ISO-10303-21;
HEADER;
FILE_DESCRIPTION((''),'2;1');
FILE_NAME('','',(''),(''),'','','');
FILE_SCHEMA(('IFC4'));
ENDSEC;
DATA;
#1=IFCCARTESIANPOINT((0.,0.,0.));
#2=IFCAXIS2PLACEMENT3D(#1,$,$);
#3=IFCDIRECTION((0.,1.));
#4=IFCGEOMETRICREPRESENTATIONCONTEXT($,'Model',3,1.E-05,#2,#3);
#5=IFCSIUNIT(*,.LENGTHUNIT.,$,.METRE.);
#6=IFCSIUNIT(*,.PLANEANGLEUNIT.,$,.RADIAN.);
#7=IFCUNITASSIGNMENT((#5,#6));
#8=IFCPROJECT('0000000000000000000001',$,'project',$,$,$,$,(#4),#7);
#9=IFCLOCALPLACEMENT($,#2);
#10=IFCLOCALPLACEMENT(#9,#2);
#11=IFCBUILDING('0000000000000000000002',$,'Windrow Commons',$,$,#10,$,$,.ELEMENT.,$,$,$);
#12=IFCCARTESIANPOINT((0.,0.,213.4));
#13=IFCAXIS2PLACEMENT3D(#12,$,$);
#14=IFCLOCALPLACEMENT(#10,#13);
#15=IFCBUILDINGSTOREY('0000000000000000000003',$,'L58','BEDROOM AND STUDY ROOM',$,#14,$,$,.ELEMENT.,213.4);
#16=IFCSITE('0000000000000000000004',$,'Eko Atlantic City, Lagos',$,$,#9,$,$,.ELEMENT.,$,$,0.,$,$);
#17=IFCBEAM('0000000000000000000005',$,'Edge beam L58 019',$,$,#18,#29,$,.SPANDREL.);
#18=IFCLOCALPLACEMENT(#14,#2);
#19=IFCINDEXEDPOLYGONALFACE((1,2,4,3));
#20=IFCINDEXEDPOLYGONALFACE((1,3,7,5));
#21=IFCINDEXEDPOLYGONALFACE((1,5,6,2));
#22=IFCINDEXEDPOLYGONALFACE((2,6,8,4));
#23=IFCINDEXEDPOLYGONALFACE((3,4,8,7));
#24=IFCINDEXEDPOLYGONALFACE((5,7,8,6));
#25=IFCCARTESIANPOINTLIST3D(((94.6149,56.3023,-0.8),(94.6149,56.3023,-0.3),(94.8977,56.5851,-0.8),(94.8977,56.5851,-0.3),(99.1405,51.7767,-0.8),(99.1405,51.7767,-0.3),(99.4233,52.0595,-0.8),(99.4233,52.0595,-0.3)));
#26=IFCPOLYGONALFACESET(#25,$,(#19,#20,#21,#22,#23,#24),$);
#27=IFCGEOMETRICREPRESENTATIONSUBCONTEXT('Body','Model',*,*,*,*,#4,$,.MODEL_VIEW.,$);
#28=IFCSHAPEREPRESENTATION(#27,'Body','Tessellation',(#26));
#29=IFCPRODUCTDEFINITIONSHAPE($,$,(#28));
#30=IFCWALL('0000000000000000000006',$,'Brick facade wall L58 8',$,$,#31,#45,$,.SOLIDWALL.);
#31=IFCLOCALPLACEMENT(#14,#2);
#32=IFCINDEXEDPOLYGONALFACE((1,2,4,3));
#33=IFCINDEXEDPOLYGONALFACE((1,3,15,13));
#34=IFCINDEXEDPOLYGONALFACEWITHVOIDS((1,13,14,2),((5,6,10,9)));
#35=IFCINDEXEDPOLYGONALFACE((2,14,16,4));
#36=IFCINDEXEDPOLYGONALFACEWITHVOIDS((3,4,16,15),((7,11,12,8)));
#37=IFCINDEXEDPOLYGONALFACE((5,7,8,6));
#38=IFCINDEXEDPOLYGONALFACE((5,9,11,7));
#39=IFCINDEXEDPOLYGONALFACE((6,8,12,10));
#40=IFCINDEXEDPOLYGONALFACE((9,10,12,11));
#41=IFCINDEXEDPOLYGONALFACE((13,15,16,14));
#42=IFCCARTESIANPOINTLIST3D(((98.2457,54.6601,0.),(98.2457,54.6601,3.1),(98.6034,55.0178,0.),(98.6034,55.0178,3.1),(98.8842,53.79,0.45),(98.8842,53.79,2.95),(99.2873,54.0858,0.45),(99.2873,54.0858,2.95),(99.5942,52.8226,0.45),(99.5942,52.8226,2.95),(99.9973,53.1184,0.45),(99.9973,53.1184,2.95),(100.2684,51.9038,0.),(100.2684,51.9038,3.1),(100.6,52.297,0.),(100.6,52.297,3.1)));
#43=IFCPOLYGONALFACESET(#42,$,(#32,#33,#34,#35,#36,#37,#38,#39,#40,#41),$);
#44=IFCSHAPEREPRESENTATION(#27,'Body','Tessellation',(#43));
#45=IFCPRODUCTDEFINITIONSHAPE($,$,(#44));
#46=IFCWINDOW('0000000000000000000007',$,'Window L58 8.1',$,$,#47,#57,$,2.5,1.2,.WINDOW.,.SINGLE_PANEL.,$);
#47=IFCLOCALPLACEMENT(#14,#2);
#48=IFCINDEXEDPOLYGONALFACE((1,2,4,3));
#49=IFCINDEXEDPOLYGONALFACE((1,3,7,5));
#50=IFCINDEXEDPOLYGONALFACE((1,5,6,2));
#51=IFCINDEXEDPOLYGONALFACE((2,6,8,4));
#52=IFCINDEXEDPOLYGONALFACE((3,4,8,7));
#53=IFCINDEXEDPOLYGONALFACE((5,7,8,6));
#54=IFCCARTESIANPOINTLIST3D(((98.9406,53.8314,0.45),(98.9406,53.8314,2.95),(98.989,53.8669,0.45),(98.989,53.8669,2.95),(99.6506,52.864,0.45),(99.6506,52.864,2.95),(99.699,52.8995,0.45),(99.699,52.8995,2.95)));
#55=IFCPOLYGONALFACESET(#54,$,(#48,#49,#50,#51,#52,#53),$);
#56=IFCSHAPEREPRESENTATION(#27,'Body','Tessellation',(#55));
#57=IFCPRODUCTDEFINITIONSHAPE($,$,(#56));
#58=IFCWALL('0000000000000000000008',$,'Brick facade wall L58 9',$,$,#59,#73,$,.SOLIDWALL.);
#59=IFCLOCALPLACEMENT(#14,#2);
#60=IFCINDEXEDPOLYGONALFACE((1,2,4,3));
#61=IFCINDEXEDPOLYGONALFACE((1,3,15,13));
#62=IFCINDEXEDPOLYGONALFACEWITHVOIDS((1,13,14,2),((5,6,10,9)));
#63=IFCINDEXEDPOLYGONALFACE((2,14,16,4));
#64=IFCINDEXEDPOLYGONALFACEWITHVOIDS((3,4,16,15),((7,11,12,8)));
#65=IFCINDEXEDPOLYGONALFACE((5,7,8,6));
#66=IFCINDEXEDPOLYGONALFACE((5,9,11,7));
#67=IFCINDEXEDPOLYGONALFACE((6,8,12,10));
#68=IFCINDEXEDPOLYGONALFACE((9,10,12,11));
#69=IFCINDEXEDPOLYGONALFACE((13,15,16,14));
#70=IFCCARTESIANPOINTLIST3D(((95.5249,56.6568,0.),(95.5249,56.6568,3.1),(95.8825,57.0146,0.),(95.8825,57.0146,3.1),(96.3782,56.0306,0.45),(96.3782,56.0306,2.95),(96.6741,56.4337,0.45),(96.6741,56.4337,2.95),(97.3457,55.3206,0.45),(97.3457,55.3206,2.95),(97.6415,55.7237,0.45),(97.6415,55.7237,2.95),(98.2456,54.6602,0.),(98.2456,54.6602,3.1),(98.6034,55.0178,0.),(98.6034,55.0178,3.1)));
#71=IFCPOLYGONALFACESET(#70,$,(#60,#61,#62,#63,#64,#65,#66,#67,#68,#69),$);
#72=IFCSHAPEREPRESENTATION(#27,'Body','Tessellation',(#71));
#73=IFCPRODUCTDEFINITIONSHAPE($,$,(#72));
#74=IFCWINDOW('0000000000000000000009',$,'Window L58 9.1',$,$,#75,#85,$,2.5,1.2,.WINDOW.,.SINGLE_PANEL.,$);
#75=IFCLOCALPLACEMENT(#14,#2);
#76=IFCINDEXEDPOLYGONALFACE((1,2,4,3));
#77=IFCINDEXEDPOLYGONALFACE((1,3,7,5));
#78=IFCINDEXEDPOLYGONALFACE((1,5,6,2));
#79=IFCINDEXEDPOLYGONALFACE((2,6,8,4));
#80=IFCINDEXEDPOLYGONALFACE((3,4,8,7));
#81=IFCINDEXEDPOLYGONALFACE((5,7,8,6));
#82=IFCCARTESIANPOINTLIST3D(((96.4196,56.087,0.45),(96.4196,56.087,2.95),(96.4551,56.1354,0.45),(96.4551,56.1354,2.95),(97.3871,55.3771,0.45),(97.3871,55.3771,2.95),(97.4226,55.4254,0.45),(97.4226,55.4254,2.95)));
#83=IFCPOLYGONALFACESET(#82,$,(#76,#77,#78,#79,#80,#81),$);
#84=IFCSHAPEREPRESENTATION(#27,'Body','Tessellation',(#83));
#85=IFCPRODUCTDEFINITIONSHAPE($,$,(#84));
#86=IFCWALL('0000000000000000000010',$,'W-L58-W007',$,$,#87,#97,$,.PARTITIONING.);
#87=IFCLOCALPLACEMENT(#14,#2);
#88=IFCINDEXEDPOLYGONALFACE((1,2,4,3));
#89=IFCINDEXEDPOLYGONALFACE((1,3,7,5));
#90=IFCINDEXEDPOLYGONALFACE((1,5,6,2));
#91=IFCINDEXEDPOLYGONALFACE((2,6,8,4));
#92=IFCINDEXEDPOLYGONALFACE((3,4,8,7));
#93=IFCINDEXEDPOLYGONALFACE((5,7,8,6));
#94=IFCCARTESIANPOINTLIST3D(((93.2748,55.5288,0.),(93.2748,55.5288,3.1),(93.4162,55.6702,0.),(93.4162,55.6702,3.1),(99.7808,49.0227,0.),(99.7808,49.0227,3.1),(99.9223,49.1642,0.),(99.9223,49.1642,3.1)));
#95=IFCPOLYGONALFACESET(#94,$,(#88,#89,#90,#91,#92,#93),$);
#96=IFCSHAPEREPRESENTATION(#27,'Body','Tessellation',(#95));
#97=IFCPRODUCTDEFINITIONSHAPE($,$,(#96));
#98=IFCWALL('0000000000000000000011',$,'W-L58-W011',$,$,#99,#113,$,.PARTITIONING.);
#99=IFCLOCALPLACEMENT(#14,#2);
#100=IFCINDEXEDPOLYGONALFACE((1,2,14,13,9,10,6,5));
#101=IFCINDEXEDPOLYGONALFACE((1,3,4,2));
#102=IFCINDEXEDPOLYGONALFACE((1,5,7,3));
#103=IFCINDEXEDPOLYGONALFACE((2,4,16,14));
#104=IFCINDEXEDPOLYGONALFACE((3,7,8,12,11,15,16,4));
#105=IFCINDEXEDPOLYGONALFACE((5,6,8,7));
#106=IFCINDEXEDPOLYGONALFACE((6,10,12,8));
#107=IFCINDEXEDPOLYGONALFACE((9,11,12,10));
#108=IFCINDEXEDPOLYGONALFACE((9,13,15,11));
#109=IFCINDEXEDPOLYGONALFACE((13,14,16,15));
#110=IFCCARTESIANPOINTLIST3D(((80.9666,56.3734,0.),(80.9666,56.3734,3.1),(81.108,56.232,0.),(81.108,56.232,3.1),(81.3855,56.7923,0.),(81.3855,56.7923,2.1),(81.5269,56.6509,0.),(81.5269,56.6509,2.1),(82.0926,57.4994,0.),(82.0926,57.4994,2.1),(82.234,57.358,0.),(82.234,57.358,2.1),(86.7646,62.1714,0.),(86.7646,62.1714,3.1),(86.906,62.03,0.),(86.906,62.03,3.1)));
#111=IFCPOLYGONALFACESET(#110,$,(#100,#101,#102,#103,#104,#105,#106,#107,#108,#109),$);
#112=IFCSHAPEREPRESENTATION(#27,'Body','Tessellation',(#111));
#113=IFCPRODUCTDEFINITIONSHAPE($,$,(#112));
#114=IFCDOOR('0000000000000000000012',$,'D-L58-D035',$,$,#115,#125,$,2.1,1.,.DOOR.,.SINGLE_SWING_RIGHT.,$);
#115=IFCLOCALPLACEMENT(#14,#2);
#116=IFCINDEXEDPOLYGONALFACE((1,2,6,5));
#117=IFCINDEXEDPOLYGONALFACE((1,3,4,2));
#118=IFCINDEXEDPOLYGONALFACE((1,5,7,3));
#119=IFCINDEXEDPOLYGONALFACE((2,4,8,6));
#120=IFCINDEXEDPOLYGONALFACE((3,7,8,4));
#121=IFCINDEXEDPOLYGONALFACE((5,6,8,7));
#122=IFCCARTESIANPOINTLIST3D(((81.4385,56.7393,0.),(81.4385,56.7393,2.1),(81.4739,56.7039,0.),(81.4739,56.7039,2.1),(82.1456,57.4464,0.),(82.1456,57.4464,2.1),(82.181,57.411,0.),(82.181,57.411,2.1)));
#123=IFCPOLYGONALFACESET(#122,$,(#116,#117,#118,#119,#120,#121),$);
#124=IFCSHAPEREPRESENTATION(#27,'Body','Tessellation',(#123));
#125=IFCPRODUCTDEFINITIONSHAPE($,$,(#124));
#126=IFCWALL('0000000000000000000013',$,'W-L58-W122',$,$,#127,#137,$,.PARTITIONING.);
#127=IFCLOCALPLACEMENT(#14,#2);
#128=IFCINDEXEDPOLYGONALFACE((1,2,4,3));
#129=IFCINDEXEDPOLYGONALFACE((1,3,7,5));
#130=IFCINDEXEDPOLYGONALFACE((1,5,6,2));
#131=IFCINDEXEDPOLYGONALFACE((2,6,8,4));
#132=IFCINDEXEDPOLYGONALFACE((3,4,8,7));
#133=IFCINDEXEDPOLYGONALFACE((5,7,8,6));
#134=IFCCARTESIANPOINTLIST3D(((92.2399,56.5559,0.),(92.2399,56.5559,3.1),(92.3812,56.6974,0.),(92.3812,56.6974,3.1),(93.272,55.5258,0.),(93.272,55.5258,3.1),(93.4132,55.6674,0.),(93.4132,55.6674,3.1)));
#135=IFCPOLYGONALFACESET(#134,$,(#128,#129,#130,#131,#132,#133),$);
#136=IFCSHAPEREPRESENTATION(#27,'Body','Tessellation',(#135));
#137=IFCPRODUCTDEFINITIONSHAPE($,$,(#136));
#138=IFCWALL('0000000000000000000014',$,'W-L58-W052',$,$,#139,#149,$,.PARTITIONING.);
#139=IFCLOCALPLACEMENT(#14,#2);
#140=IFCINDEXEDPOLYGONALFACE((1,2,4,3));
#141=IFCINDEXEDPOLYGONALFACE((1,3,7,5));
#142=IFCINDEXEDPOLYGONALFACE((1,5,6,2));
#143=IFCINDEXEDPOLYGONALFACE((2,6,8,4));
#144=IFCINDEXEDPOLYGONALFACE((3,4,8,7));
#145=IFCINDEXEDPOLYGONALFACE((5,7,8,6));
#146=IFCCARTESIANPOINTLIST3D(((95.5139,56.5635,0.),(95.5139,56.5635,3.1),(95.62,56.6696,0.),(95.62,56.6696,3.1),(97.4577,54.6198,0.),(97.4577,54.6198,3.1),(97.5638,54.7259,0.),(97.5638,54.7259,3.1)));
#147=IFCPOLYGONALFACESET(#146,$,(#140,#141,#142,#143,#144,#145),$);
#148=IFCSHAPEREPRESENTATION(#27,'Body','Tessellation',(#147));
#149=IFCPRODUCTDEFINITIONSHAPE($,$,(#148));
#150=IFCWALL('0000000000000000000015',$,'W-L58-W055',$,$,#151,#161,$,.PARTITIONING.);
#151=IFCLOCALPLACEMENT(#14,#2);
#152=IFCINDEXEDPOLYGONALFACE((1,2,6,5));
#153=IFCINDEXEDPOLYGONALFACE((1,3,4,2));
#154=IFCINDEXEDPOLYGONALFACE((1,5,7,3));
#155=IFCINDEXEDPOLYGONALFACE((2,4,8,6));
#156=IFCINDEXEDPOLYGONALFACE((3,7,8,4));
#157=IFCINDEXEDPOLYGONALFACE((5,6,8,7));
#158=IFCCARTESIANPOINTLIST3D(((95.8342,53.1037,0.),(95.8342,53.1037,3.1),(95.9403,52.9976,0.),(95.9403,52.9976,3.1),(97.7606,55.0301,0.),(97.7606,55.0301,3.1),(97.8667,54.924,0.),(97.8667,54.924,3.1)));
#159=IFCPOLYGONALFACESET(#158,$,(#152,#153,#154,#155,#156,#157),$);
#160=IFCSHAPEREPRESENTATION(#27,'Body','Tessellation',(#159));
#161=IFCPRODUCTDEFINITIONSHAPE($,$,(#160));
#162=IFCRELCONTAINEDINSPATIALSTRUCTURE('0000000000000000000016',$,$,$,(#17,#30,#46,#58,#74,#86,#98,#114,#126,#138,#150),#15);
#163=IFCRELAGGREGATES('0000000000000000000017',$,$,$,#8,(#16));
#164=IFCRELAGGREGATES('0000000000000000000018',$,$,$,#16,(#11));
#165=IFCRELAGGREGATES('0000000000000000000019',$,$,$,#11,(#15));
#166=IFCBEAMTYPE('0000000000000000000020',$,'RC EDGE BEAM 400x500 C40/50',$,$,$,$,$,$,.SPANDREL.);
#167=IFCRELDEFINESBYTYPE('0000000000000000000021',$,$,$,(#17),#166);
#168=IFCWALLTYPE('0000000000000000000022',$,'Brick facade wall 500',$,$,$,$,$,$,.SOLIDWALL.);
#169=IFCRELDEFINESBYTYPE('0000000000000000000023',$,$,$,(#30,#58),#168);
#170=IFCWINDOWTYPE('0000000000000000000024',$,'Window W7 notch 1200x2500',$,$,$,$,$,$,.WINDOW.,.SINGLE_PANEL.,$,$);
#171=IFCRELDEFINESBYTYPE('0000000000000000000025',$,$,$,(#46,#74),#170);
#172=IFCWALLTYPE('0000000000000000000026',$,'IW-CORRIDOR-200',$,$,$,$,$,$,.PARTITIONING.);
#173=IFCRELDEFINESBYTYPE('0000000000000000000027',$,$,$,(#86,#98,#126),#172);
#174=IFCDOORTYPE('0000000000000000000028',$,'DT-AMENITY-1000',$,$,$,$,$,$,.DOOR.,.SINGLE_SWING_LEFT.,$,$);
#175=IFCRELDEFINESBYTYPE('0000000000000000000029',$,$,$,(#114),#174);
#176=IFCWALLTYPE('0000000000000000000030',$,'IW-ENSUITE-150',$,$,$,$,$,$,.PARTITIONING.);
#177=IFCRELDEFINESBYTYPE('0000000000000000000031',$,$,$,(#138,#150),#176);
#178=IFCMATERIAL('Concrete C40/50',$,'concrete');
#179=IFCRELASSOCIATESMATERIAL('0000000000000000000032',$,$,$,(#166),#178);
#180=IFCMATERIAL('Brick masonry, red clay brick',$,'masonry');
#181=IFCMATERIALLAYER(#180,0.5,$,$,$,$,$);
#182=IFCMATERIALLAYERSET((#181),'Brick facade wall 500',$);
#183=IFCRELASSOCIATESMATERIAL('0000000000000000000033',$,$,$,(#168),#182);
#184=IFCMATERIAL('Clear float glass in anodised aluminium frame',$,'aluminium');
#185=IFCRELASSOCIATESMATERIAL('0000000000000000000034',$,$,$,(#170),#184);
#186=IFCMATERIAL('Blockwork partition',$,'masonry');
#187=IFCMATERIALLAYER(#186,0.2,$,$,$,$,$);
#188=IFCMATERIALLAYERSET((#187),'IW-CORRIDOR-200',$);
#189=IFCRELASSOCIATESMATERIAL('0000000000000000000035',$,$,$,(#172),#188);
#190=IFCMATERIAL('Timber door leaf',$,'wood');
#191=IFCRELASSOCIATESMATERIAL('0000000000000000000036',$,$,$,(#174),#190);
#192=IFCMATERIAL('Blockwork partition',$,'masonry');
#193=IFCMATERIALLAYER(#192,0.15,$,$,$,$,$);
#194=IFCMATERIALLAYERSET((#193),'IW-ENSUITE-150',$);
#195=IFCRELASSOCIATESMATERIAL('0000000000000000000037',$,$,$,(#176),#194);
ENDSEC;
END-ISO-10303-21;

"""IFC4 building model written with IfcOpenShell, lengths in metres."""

from ifc_helpers import new_model, si_unit, direction, frame, frame_2d, origin, origin_2d, place, context, subcontext, project, spatial, polyline, rectangle, outline, extrude, material, layer, layer_set, material_profile, profile_set, type_object, element, fill, save


model = new_model("IFC4")

# Units and contexts
model_context = context("Model", 3, precision=1e-05, world=origin(), true_north=direction((0.0, 1.0)))
body_context = subcontext(model_context, "Body", "Model", "MODEL_VIEW")
ifc_project = project(units=[si_unit("LENGTHUNIT", "METRE"), si_unit("PLANEANGLEUNIT", "RADIAN")], contexts=[model_context])

# Site, building, storey
site_placement = place(None, origin())
site = spatial("IfcSite", under=ifc_project, at=site_placement, Name="Eko Atlantic City, Lagos", CompositionType="ELEMENT", RefElevation=0.0)
building_placement = place(site_placement, origin())
building = spatial("IfcBuilding", under=site, at=building_placement, Name="Windrow Commons", CompositionType="ELEMENT")
storey_placement = place(building_placement, frame((0.0, 0.0, 213.4)))
storey = spatial("IfcBuildingStorey", under=building, at=storey_placement, Name="L58", Description="BEDROOM AND STUDY ROOM", CompositionType="ELEMENT", Elevation=213.4)

# Beam
ifc_material_1 = material(Name="Concrete C40/50", Category="concrete")
ifc_material_profile = material_profile(ifc_material_1, rectangle(XDim=0.4, YDim=0.5, at=origin_2d()))
ifc_profile_set = profile_set([ifc_material_profile], Name="Concrete C40/50")
beam_type = type_object("IfcBeamType", Name="RC EDGE BEAM 400x500 C40/50", PredefinedType="SPANDREL", material=ifc_profile_set)
beam_placement = place(storey_placement, frame((94.7563, 56.4437, -0.55), z_axis=(0.707107, -0.707107, 0.0), x_axis=(0.707107, 0.707107, 0.0)))
element("IfcBeam", 1, at=beam_placement, inside=storey, type_object=beam_type, Name="Edge beam L58 019", PredefinedType="SPANDREL", context=body_context, shape_type="SweptSolid", body=[
    extrude(rectangle(XDim=0.4, YDim=0.5, at=origin_2d()), origin(), (0.0, 0.0, 1.0), 6.4002),
])

# Walls, openings, windows
ifc_material_2 = material(Name="Brick masonry, red clay brick", Category="masonry")
ifc_layer_1 = layer(ifc_material_2, 0.5)
ifc_layer_set_1 = layer_set([ifc_layer_1], Name="Brick facade wall 500")
wall_type_1 = type_object("IfcWallType", Name="Brick facade wall 500", PredefinedType="SOLIDWALL", material=ifc_layer_set_1)
wall_1_placement = place(storey_placement, frame((100.4342, 52.1004, 0.0), z_axis=(0.0, 0.0, 1.0), x_axis=(-0.59163, 0.806209, 0.0)))
wall_1 = element("IfcWall", 2, at=wall_1_placement, inside=storey, type_object=wall_type_1, Name="Brick facade wall L58 8", PredefinedType="SOLIDWALL", context=body_context, shape_type="SweptSolid", body=[
    extrude(outline(polyline([(0.0604, -0.25), (3.4352, -0.25), (3.3585, 0.25), (-0.0604, 0.25), (0.0604, -0.25)])), origin(), (0.0, 0.0, 1.0), 3.1),
])
opening_1_placement = place(wall_1_placement, frame((1.0792, 0.0, 0.45)))
opening_1 = element("IfcOpeningElement", 3, at=opening_1_placement, cuts=wall_1, PredefinedType="OPENING", context=body_context, shape_type="SweptSolid", body=[
    extrude(rectangle(XDim=1.2, YDim=2.5, at=frame_2d((0.6, 1.25))), frame((0.0, 0.26, 0.0), z_axis=(0.0, -1.0, 0.0), x_axis=(1.0, 0.0, 0.0)), (0.0, 0.0, 1.0), 0.52),
])
ifc_material_3 = material(Name="Clear float glass in anodised aluminium frame", Category="aluminium")
window_type = type_object("IfcWindowType", Name="Window W7 notch 1200x2500", PartitioningType="SINGLE_PANEL", PredefinedType="WINDOW", material=ifc_material_3)
window_1_placement = place(opening_1_placement, origin())
window_1 = element("IfcWindow", 4, at=window_1_placement, inside=storey, type_object=window_type, Name="Window L58 8.1", OverallHeight=2.5, OverallWidth=1.2, PartitioningType="SINGLE_PANEL", PredefinedType="WINDOW", context=body_context, shape_type="SweptSolid", body=[
    extrude(rectangle(XDim=1.2, YDim=2.5, at=frame_2d((0.6, 1.25))), frame((0.0, 0.18, 0.0), z_axis=(0.0, -1.0, 0.0), x_axis=(1.0, 0.0, 0.0)), (0.0, 0.0, 1.0), 0.06),
])
fill(opening_1, window_1)
wall_2_placement = place(storey_placement, frame((98.4245, 54.839, 0.0), z_axis=(0.0, 0.0, 1.0), x_axis=(-0.806201, 0.591642, 0.0)))
wall_2 = element("IfcWall", 5, at=wall_2_placement, inside=storey, type_object=wall_type_1, Name="Brick facade wall L58 9", PredefinedType="SOLIDWALL", context=body_context, shape_type="SweptSolid", body=[
    extrude(outline(polyline([(-0.0384, -0.25), (3.3365, -0.25), (3.4132, 0.25), (0.0384, 0.25), (-0.0384, -0.25)])), origin(), (0.0, 0.0, 1.0), 3.1),
])
opening_2_placement = place(wall_2_placement, frame((1.1547, 0.0, 0.45)))
opening_2 = element("IfcOpeningElement", 6, at=opening_2_placement, cuts=wall_2, PredefinedType="OPENING", context=body_context, shape_type="SweptSolid", body=[
    extrude(rectangle(XDim=1.2, YDim=2.5, at=frame_2d((0.6, 1.25))), frame((0.0, 0.26, 0.0), z_axis=(0.0, -1.0, 0.0), x_axis=(1.0, 0.0, 0.0)), (0.0, 0.0, 1.0), 0.52),
])
window_2_placement = place(opening_2_placement, origin())
window_2 = element("IfcWindow", 7, at=window_2_placement, inside=storey, type_object=window_type, Name="Window L58 9.1", OverallHeight=2.5, OverallWidth=1.2, PartitioningType="SINGLE_PANEL", PredefinedType="WINDOW", context=body_context, shape_type="SweptSolid", body=[
    extrude(rectangle(XDim=1.2, YDim=2.5, at=frame_2d((0.6, 1.25))), frame((0.0, 0.18, 0.0), z_axis=(0.0, -1.0, 0.0), x_axis=(1.0, 0.0, 0.0)), (0.0, 0.0, 1.0), 0.06),
])
fill(opening_2, window_2)

# Wall
ifc_material_4 = material(Name="Blockwork partition", Category="masonry")
ifc_layer_2 = layer(ifc_material_4, 0.2)
ifc_layer_set_2 = layer_set([ifc_layer_2], Name="IW-CORRIDOR-200")
wall_type_2 = type_object("IfcWallType", Name="IW-CORRIDOR-200", PredefinedType="PARTITIONING", material=ifc_layer_set_2)
wall_3_placement = place(storey_placement, frame((93.3455, 55.5995, 0.0), z_axis=(0.0, 0.0, 1.0), x_axis=(0.707107, -0.707107, 0.0)))
element("IfcWall", 8, at=wall_3_placement, inside=storey, type_object=wall_type_2, Name="W-L58-W007", PredefinedType="PARTITIONING", context=body_context, shape_type="SweptSolid", body=[
    extrude(rectangle(XDim=9.2009, YDim=0.2, at=frame_2d((4.6005, 0.0))), origin(), (0.0, 0.0, 1.0), 3.1),
])

# Wall, opening, door
wall_4_placement = place(storey_placement, frame((81.0373, 56.3027, 0.0), z_axis=(0.0, 0.0, 1.0), x_axis=(0.707107, 0.707107, 0.0)))
wall_4 = element("IfcWall", 9, at=wall_4_placement, inside=storey, type_object=wall_type_2, Name="W-L58-W011", PredefinedType="PARTITIONING", context=body_context, shape_type="SweptSolid", body=[
    extrude(rectangle(XDim=8.1996, YDim=0.2, at=frame_2d((4.0998, 0.0))), origin(), (0.0, 0.0, 1.0), 3.1),
])
opening_3_placement = place(wall_4_placement, frame((0.5924, 0.0, 0.0)))
opening_3 = element("IfcOpeningElement", 10, at=opening_3_placement, cuts=wall_4, PredefinedType="OPENING", context=body_context, shape_type="SweptSolid", body=[
    extrude(rectangle(XDim=1.0, YDim=2.1, at=frame_2d((0.5, 1.05))), frame((0.0, 0.11, 0.0), z_axis=(0.0, -1.0, 0.0), x_axis=(1.0, 0.0, 0.0)), (0.0, 0.0, 1.0), 0.22),
])
ifc_material_5 = material(Name="Timber door leaf", Category="wood")
door_type_1 = type_object("IfcDoorType", Name="DT-AMENITY-1000", OperationType="SINGLE_SWING_LEFT", PredefinedType="DOOR", material=ifc_material_5)
door_1_placement = place(opening_3_placement, origin())
door_1 = element("IfcDoor", 11, at=door_1_placement, inside=storey, type_object=door_type_1, Name="D-L58-D035", OperationType="SINGLE_SWING_RIGHT", OverallHeight=2.1, OverallWidth=1.0, PredefinedType="DOOR", context=body_context, shape_type="SweptSolid", body=[
    extrude(rectangle(XDim=1.0, YDim=2.1, at=frame_2d((0.5, 1.05))), frame((0.0, 0.025, 0.0), z_axis=(0.0, -1.0, 0.0), x_axis=(1.0, 0.0, 0.0)), (0.0, 0.0, 1.0), 0.05),
])
fill(opening_3, door_1)

# Walls
wall_5_placement = place(storey_placement, frame((92.3106, 56.6266, 0.0), z_axis=(0.0, 0.0, 1.0), x_axis=(0.707792, -0.706421, 0.0)))
element("IfcWall", 12, at=wall_5_placement, inside=storey, type_object=wall_type_2, Name="W-L58-W122", PredefinedType="PARTITIONING", context=body_context, shape_type="SweptSolid", body=[
    extrude(rectangle(XDim=1.4581, YDim=0.2, at=frame_2d((0.729, 0.0))), origin(), (0.0, 0.0, 1.0), 3.1),
])
ifc_material_6 = material(Name="Blockwork partition", Category="masonry")
ifc_layer_3 = layer(ifc_material_6, 0.15)
ifc_layer_set_3 = layer_set([ifc_layer_3], Name="IW-ENSUITE-150")
wall_type_3 = type_object("IfcWallType", Name="IW-ENSUITE-150", PredefinedType="PARTITIONING", material=ifc_layer_set_3)
wall_6_placement = place(storey_placement, frame((95.567, 56.6165, 0.0), z_axis=(0.0, 0.0, 1.0), x_axis=(0.707125, -0.707089, 0.0)))
element("IfcWall", 13, at=wall_6_placement, inside=storey, type_object=wall_type_3, Name="W-L58-W052", PredefinedType="PARTITIONING", context=body_context, shape_type="SweptSolid", body=[
    extrude(rectangle(XDim=2.7489, YDim=0.15, at=frame_2d((1.3744, 0.0))), origin(), (0.0, 0.0, 1.0), 3.1),
])
wall_7_placement = place(storey_placement, frame((95.8873, 53.0507, 0.0), z_axis=(0.0, 0.0, 1.0), x_axis=(0.707107, 0.707107, 0.0)))
element("IfcWall", 14, at=wall_7_placement, inside=storey, type_object=wall_type_3, Name="W-L58-W055", PredefinedType="PARTITIONING", context=body_context, shape_type="SweptSolid", body=[
    extrude(rectangle(XDim=2.7243, YDim=0.15, at=frame_2d((1.3621, 0.0))), origin(), (0.0, 0.0, 1.0), 3.1),
])

save(model, "model.ifc")
